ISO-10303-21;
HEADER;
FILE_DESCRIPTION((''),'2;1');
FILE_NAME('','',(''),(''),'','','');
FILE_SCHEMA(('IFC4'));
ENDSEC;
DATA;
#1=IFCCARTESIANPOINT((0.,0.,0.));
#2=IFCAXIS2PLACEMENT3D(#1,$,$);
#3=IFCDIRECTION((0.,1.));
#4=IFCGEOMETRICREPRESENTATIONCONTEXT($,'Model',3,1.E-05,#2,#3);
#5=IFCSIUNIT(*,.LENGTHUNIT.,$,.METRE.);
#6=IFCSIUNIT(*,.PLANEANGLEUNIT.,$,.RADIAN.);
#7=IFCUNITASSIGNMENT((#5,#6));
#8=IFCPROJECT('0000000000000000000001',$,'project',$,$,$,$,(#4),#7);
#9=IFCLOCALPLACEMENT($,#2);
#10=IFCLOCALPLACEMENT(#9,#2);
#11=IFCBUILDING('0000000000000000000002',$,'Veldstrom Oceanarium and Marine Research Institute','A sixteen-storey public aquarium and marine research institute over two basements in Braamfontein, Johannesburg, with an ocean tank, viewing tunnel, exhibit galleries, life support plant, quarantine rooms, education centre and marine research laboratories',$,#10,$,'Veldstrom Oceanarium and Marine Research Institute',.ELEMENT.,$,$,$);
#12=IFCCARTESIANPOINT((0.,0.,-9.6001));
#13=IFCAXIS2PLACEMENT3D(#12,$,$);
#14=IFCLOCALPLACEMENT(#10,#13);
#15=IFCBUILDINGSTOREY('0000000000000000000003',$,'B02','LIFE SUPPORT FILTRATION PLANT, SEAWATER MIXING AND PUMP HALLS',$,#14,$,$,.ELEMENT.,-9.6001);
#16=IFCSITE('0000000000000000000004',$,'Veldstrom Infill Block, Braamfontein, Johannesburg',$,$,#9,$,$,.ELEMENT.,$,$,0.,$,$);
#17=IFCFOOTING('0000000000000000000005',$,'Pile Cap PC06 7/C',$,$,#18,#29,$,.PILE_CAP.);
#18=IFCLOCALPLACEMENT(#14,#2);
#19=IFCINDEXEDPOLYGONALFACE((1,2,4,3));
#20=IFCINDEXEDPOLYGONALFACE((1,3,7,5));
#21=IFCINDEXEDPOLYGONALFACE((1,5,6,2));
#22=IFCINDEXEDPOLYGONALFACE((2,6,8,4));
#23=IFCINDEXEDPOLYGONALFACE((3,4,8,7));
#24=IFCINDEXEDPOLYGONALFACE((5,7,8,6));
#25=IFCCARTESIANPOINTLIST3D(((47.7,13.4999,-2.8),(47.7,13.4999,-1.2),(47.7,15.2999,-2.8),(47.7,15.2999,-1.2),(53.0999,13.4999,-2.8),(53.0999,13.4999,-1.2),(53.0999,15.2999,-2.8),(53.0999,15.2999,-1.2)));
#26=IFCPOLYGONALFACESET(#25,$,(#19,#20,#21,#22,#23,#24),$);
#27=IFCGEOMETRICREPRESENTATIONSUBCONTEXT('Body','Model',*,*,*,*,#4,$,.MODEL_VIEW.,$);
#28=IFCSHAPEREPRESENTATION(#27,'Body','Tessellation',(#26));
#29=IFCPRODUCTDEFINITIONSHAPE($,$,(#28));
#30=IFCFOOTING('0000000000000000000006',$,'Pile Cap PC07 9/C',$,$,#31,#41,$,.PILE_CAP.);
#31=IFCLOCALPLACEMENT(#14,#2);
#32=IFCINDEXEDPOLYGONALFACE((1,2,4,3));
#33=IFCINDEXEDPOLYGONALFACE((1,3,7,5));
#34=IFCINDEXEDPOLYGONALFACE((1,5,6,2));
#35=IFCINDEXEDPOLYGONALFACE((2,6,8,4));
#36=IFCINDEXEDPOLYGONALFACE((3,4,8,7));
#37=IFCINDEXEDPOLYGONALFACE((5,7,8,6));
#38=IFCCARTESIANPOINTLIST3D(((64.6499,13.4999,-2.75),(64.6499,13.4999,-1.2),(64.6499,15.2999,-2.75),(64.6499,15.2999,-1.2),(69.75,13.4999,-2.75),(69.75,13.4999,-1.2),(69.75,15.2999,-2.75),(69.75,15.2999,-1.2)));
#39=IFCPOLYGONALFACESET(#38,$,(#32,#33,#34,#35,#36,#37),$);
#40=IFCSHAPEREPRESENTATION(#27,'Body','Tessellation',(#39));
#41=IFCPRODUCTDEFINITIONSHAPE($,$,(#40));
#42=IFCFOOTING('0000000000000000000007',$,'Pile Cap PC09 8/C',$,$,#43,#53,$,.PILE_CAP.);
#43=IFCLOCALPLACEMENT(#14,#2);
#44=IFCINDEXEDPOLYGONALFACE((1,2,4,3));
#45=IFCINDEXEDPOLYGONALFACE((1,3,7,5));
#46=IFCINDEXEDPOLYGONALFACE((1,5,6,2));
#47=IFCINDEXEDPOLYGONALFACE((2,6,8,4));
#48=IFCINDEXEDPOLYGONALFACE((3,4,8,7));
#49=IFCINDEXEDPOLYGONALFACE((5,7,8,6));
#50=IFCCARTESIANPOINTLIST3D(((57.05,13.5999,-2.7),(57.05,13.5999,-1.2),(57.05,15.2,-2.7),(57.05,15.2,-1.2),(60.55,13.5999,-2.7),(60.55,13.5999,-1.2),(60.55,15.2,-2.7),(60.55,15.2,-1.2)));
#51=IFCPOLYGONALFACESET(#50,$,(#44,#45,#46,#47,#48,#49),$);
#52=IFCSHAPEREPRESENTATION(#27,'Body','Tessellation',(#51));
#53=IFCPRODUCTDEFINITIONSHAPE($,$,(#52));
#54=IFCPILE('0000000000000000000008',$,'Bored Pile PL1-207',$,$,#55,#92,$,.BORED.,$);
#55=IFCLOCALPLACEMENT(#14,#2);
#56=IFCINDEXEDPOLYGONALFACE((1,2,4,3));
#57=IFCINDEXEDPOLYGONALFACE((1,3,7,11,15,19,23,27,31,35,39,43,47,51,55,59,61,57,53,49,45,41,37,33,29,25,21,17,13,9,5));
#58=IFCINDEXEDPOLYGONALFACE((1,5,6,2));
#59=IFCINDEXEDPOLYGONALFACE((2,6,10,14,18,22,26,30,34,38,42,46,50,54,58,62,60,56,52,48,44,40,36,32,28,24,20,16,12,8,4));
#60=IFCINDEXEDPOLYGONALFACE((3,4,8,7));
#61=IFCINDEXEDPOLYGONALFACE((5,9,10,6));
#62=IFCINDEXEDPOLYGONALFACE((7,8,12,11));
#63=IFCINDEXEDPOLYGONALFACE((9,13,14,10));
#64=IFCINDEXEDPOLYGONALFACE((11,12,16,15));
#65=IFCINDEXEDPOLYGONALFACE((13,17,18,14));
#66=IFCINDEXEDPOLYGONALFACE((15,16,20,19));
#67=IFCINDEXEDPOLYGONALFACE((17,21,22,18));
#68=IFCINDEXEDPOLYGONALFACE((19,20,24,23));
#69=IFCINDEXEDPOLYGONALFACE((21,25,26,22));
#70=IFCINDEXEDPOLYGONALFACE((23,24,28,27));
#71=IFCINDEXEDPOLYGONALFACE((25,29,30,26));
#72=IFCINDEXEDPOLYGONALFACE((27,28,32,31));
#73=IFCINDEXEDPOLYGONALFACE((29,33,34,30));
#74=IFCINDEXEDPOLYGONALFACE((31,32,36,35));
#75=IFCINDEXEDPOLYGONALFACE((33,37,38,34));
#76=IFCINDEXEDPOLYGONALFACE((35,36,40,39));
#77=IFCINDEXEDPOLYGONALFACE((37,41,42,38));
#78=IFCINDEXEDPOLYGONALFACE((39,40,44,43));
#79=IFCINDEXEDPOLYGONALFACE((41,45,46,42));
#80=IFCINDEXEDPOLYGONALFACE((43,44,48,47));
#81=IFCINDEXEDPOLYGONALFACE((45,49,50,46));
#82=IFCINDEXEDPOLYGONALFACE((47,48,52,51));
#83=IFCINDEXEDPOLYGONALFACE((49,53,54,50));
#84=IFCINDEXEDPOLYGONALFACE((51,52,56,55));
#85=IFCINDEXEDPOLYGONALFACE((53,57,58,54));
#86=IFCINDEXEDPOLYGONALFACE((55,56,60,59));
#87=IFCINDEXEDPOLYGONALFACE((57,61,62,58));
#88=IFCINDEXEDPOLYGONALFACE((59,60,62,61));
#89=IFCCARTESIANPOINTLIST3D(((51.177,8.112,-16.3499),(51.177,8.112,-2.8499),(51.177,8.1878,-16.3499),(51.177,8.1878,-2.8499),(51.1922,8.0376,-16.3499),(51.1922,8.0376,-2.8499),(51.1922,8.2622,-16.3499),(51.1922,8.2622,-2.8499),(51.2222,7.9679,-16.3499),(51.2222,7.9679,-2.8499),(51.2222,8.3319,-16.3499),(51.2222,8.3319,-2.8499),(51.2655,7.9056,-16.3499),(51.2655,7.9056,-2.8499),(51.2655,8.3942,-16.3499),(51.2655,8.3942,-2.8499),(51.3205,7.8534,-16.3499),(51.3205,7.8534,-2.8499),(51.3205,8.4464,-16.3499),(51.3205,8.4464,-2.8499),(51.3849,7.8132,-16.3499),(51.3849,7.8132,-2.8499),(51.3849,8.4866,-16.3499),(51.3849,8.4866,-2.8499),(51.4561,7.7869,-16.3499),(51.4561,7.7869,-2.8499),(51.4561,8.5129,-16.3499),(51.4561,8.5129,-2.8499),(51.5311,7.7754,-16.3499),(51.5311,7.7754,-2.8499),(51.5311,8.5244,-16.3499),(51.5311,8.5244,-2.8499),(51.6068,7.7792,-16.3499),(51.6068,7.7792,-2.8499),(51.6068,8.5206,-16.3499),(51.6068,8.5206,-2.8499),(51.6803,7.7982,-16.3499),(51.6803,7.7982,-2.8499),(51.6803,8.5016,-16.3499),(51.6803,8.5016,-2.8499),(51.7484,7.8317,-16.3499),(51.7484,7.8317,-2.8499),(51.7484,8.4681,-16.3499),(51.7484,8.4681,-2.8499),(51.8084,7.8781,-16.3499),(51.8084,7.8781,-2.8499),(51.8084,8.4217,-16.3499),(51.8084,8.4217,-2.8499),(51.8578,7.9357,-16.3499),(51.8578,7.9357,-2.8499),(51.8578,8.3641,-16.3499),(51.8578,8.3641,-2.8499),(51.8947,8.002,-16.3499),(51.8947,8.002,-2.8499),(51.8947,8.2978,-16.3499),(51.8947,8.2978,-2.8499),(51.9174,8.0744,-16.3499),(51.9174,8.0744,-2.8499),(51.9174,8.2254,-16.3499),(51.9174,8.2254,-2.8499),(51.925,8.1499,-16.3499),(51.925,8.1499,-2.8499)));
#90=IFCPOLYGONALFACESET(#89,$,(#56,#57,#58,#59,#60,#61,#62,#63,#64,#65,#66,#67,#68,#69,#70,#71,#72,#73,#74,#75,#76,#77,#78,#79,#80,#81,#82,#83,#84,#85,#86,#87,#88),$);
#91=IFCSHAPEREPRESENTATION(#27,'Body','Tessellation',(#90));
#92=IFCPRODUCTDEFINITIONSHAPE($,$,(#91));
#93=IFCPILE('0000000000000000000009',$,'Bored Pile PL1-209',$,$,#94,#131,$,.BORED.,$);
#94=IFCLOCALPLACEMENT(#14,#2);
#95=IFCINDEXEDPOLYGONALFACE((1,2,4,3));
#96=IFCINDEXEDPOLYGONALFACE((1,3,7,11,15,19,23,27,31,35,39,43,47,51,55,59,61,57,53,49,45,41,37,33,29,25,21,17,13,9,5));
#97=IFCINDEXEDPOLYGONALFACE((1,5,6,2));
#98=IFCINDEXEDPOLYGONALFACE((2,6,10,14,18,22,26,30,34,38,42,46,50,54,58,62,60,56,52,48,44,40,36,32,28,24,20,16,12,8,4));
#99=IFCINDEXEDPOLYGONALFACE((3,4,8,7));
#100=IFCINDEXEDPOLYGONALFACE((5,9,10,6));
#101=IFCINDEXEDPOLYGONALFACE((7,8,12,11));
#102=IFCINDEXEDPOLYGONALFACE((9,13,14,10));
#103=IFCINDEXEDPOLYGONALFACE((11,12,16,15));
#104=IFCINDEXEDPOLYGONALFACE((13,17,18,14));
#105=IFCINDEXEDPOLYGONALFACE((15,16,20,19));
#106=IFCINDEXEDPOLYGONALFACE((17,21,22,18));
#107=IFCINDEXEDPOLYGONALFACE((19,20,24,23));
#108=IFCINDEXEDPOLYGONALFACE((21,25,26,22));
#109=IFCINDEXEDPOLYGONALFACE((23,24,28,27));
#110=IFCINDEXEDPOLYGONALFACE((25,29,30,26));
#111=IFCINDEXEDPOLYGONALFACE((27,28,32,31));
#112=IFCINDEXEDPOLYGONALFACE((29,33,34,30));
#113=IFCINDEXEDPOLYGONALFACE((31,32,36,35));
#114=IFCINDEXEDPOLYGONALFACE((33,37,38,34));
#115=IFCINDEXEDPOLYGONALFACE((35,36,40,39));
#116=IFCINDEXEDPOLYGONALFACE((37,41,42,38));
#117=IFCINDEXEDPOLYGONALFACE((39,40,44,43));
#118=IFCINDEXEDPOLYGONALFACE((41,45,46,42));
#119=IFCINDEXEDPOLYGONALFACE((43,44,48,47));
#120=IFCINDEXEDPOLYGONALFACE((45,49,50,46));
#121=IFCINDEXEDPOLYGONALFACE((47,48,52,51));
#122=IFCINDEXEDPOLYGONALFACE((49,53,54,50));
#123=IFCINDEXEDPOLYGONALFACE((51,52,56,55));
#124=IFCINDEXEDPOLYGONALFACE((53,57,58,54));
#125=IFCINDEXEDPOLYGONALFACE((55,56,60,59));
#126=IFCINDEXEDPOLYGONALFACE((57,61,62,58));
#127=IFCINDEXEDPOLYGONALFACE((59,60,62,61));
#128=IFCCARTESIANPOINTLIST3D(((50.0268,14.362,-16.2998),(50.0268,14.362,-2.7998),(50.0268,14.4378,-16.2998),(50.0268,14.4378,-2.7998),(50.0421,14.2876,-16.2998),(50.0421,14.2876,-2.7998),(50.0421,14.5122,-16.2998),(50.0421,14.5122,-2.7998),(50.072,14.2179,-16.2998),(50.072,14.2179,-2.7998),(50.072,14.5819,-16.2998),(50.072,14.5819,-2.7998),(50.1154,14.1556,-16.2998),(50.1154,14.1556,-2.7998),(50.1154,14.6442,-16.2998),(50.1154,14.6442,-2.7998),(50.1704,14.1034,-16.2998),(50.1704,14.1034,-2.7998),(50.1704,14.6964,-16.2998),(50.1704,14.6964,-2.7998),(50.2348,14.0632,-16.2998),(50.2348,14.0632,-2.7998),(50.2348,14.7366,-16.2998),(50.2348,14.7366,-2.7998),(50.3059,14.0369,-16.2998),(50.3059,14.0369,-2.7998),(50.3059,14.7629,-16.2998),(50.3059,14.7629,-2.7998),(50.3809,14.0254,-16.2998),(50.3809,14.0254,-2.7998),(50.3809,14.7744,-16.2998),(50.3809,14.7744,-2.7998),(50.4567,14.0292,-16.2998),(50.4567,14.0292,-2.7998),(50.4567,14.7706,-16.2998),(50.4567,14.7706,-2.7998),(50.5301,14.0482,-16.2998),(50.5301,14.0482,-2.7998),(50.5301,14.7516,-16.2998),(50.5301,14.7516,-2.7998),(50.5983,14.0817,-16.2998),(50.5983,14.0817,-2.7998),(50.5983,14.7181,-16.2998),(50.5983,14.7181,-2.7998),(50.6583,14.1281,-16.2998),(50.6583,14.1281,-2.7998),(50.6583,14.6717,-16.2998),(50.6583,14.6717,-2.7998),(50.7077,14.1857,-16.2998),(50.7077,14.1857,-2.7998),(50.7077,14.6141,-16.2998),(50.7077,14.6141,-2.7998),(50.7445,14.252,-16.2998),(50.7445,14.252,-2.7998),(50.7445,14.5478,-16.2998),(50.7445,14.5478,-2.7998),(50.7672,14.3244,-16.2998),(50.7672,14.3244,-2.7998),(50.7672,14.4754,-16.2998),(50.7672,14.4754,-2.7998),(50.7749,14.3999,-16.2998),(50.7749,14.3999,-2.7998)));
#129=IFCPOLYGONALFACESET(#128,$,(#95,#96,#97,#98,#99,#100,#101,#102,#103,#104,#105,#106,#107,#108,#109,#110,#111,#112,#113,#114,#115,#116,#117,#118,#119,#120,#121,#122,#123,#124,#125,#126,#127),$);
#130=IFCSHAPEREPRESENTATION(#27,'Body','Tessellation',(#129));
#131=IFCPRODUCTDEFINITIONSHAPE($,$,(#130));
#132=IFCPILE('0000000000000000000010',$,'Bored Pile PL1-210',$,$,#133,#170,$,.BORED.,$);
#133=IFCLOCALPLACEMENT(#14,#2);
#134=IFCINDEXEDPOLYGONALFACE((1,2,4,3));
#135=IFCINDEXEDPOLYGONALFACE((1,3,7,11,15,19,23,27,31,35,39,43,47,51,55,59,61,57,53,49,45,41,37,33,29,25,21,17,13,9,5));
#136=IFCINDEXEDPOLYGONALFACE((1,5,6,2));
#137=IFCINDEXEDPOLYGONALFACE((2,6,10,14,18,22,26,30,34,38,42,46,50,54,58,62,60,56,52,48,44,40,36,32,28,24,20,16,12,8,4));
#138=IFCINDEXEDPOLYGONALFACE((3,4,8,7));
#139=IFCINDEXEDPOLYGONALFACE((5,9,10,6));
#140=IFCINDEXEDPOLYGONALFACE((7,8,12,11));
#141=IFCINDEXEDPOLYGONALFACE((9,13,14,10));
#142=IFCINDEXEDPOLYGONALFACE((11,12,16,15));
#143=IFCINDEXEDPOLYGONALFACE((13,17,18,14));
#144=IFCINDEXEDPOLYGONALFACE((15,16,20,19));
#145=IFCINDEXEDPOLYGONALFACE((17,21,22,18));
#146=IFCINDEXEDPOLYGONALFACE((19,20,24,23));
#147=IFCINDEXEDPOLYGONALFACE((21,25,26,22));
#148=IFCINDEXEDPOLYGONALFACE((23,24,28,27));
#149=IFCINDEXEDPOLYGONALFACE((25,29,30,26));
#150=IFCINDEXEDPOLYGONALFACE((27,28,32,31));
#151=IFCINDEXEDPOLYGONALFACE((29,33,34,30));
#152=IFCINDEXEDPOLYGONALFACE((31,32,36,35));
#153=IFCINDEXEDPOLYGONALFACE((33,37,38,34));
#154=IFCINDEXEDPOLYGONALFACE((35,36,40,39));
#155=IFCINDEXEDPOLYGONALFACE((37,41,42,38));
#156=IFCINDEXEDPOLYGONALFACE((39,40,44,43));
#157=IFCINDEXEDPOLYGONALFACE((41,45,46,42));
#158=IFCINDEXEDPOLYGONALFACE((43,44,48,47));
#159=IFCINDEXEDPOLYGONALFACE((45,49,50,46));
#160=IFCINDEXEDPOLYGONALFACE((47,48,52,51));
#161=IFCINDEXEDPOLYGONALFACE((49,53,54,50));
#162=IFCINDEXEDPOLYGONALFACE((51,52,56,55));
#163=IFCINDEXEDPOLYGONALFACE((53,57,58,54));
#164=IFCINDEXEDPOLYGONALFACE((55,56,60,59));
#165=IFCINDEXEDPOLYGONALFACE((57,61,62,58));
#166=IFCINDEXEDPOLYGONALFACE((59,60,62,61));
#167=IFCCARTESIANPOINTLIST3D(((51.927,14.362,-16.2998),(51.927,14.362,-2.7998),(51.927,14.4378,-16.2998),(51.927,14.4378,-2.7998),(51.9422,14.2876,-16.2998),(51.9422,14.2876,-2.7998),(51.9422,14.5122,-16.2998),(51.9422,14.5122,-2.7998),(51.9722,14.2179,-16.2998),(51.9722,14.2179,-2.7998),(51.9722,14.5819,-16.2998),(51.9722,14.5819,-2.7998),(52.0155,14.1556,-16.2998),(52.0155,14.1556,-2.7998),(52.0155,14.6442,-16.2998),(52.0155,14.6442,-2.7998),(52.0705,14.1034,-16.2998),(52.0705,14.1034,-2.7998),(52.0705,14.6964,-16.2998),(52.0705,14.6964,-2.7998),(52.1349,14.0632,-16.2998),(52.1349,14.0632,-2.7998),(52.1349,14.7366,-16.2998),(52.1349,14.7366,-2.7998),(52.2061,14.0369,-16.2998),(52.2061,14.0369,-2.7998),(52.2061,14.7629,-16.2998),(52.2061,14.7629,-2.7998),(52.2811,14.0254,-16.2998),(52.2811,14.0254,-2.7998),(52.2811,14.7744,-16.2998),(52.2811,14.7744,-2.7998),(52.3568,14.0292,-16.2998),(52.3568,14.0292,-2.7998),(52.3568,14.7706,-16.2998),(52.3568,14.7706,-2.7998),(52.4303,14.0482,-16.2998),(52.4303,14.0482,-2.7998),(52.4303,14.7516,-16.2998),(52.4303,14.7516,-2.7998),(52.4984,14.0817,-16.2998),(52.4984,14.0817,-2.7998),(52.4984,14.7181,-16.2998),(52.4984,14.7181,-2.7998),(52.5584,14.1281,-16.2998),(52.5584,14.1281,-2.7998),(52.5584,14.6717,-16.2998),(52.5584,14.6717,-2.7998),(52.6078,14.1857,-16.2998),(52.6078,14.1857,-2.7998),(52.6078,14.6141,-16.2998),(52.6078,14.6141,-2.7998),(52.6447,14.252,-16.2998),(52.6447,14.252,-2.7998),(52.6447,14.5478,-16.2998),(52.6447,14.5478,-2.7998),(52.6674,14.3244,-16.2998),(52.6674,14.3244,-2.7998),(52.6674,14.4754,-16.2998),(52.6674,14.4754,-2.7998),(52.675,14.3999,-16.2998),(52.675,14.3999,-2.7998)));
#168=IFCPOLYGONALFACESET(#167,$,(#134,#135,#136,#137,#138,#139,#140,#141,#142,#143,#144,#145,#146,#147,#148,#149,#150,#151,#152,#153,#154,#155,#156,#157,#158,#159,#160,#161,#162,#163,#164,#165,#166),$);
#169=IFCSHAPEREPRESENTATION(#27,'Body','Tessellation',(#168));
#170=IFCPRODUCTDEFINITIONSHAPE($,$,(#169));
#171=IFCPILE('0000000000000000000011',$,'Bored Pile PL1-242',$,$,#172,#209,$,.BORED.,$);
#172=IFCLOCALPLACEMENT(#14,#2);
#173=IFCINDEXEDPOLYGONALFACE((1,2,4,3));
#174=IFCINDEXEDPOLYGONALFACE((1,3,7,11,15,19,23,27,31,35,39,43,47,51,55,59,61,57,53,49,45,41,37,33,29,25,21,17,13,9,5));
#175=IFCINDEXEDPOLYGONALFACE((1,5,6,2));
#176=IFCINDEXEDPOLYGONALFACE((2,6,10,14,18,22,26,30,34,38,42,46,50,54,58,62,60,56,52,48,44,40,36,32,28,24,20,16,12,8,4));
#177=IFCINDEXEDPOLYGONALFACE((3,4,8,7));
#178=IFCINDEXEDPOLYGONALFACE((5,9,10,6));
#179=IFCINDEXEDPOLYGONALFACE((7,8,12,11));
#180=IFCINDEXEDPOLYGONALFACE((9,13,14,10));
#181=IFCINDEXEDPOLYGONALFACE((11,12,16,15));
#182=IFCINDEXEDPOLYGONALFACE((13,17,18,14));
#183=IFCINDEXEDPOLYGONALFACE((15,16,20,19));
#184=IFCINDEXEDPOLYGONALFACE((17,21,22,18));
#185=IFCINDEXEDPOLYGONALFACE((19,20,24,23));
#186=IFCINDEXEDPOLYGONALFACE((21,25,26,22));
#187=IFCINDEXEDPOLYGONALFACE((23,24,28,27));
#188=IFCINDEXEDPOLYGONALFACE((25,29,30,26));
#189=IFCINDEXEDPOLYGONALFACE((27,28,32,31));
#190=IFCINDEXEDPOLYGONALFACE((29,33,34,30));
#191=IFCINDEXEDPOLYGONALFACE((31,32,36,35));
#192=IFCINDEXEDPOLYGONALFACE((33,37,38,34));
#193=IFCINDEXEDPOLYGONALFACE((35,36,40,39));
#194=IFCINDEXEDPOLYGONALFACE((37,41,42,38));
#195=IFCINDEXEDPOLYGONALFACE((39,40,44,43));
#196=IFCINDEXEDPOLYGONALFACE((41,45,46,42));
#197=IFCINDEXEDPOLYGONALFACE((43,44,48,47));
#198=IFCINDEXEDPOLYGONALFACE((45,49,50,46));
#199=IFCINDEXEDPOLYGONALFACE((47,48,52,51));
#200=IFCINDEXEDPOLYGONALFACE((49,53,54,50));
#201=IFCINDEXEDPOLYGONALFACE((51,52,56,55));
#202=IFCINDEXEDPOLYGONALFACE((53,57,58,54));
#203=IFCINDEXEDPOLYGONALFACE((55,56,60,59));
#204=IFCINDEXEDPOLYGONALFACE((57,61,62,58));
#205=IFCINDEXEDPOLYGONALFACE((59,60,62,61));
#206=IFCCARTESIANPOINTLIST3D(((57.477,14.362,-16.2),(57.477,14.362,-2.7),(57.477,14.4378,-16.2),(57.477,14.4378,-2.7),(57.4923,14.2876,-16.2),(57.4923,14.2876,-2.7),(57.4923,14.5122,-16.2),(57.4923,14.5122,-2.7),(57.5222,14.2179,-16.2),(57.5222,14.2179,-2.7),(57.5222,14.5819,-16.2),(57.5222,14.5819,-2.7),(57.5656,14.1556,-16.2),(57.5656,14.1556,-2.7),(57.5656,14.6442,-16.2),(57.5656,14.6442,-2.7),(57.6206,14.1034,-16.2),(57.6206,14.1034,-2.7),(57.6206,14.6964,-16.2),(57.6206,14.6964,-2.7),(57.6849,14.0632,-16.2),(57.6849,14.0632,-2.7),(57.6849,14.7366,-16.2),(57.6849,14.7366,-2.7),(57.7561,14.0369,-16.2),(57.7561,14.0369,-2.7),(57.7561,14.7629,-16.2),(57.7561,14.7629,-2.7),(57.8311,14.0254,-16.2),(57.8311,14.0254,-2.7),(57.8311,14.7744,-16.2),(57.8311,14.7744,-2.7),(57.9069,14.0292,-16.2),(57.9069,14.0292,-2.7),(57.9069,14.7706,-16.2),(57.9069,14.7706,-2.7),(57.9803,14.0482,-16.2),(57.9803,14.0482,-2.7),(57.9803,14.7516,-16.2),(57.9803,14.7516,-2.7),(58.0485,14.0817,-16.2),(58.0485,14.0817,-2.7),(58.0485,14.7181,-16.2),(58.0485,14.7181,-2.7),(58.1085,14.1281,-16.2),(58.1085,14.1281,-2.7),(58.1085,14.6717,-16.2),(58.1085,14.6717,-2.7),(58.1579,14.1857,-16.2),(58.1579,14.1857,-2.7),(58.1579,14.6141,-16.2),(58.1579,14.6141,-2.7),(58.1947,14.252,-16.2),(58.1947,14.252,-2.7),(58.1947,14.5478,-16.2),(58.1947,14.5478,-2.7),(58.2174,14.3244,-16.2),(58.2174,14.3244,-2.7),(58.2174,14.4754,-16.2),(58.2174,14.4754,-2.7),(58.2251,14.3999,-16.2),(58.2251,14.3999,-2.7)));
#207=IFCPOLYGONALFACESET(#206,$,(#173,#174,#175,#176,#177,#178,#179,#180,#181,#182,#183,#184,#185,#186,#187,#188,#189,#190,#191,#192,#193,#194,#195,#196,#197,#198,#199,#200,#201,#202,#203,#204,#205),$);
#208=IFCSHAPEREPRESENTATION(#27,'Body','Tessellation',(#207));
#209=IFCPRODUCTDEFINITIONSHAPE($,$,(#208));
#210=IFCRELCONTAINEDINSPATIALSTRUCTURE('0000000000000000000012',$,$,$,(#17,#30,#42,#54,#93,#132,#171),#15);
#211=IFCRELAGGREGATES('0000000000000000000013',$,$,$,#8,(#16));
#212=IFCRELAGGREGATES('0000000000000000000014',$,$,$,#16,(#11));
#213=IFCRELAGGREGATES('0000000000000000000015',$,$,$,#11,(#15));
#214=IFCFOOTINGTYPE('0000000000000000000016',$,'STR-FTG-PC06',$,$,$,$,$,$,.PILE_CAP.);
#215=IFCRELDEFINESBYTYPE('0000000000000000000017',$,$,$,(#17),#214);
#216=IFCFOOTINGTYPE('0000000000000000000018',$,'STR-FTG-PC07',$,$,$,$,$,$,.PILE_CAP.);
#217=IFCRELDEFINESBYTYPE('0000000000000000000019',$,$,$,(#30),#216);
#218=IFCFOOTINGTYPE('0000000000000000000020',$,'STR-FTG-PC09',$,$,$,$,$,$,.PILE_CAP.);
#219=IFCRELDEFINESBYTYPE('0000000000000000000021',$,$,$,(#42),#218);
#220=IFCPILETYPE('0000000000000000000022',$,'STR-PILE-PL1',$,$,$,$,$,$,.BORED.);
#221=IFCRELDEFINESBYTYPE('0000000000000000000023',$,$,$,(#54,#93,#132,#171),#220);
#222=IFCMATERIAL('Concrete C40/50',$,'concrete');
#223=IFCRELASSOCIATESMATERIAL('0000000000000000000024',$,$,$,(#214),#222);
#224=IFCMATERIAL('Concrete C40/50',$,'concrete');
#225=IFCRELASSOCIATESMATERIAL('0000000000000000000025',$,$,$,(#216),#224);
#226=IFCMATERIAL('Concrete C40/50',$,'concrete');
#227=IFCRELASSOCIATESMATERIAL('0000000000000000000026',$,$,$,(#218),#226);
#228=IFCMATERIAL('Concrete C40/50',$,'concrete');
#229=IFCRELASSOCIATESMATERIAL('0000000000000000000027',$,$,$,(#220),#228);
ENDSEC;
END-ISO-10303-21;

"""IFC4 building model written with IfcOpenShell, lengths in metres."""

from ifc_helpers import new_model, si_unit, direction, frame, origin, origin_2d, place, context, subcontext, project, spatial, rectangle, circle, extrude, material, material_profile, profile_set, type_object, element, save


model = new_model("IFC4")

# Units and contexts
model_context = context("Model", 3, precision=1e-05, world=origin(), true_north=direction((0.0, 1.0)))
body_context = subcontext(model_context, "Body", "Model", "MODEL_VIEW")
ifc_project = project(units=[si_unit("LENGTHUNIT", "METRE"), si_unit("PLANEANGLEUNIT", "RADIAN")], contexts=[model_context])

# Site, building, storey
site_placement = place(None, origin())
site = spatial("IfcSite", under=ifc_project, at=site_placement, Name="Veldstrom Infill Block, Braamfontein, Johannesburg", CompositionType="ELEMENT", RefElevation=0.0)
building_placement = place(site_placement, origin())
building = spatial("IfcBuilding", under=site, at=building_placement, Name="Veldstrom Oceanarium and Marine Research Institute", Description="A sixteen-storey public aquarium and marine research institute over two basements in Braamfontein, Johannesburg, with an ocean tank, viewing tunnel, exhibit galleries, life support plant, quarantine rooms, education centre and marine research laboratories", LongName="Veldstrom Oceanarium and Marine Research Institute", CompositionType="ELEMENT")
storey_placement = place(building_placement, frame((0.0, 0.0, -9.6001)))
storey = spatial("IfcBuildingStorey", under=building, at=storey_placement, Name="B02", Description="LIFE SUPPORT FILTRATION PLANT, SEAWATER MIXING AND PUMP HALLS", CompositionType="ELEMENT", Elevation=-9.6001)

# Footings
ifc_material_1 = material(Name="Concrete C40/50", Category="concrete")
footing_type_1 = type_object("IfcFootingType", Name="STR-FTG-PC06", PredefinedType="PILE_CAP", material=ifc_material_1)
footing_1_placement = place(storey_placement, frame((50.3999, 14.3999, -2.8), z_axis=(0.0, 0.0, 1.0), x_axis=(1.0, 0.0, 0.0)))
element("IfcFooting", 1, at=footing_1_placement, inside=storey, type_object=footing_type_1, Name="Pile Cap PC06 7/C", PredefinedType="PILE_CAP", context=body_context, shape_type="SweptSolid", body=[
    extrude(rectangle(XDim=5.3999, YDim=1.8, at=origin_2d()), origin(), (0.0, 0.0, 1.0), 1.6001),
])
ifc_material_2 = material(Name="Concrete C40/50", Category="concrete")
footing_type_2 = type_object("IfcFootingType", Name="STR-FTG-PC07", PredefinedType="PILE_CAP", material=ifc_material_2)
footing_2_placement = place(storey_placement, frame((67.2, 14.3999, -2.75), z_axis=(0.0, 0.0, 1.0), x_axis=(1.0, 0.0, 0.0)))
element("IfcFooting", 2, at=footing_2_placement, inside=storey, type_object=footing_type_2, Name="Pile Cap PC07 9/C", PredefinedType="PILE_CAP", context=body_context, shape_type="SweptSolid", body=[
    extrude(rectangle(XDim=5.1001, YDim=1.8, at=origin_2d()), origin(), (0.0, 0.0, 1.0), 1.55),
])
ifc_material_3 = material(Name="Concrete C40/50", Category="concrete")
footing_type_3 = type_object("IfcFootingType", Name="STR-FTG-PC09", PredefinedType="PILE_CAP", material=ifc_material_3)
footing_3_placement = place(storey_placement, frame((58.8, 14.3999, -2.7), z_axis=(0.0, 0.0, 1.0), x_axis=(1.0, 0.0, 0.0)))
element("IfcFooting", 3, at=footing_3_placement, inside=storey, type_object=footing_type_3, Name="Pile Cap PC09 8/C", PredefinedType="PILE_CAP", context=body_context, shape_type="SweptSolid", body=[
    extrude(rectangle(XDim=3.5, YDim=1.6001, at=origin_2d()), origin(), (0.0, 0.0, 1.0), 1.5),
])

# Piles
ifc_material_4 = material(Name="Concrete C40/50", Category="concrete")
ifc_material_profile_1 = material_profile(ifc_material_4, circle(Radius=0.375, at=origin_2d()), Name="PILE-D750")
ifc_profile_set_1 = profile_set([ifc_material_profile_1], Name="Concrete C40/50")
pile_type = type_object("IfcPileType", Name="STR-PILE-PL1", PredefinedType="BORED", material=ifc_profile_set_1)
for number, where, z_axis, x_axis, name in (
    (4, (51.55, 8.1499, -2.8499), (0.0, 0.0, -1.0), (1.0, 0.0, 0.0), "Bored Pile PL1-207"),
    (5, (50.3999, 14.3999, -2.7998), (0.0, 0.0, -1.0), (1.0, 0.0, 0.0), "Bored Pile PL1-209"),
    (6, (52.3, 14.3999, -2.7998), (0.0, 0.0, -1.0), (1.0, 0.0, 0.0), "Bored Pile PL1-210"),
    (7, (57.8501, 14.3999, -2.7), (0.0, 0.0, -1.0), (1.0, 0.0, 0.0), "Bored Pile PL1-242"),
):
    element("IfcPile", number, at=place(storey_placement, frame(where, z_axis=z_axis, x_axis=x_axis)), inside=storey, type_object=pile_type, Name=name, PredefinedType="BORED", context=body_context, shape_type="SweptSolid", body=[
        extrude(circle(Radius=0.375, at=origin_2d()), origin(), (0.0, 0.0, 1.0), 13.5),
    ])

save(model, "model.ifc")
